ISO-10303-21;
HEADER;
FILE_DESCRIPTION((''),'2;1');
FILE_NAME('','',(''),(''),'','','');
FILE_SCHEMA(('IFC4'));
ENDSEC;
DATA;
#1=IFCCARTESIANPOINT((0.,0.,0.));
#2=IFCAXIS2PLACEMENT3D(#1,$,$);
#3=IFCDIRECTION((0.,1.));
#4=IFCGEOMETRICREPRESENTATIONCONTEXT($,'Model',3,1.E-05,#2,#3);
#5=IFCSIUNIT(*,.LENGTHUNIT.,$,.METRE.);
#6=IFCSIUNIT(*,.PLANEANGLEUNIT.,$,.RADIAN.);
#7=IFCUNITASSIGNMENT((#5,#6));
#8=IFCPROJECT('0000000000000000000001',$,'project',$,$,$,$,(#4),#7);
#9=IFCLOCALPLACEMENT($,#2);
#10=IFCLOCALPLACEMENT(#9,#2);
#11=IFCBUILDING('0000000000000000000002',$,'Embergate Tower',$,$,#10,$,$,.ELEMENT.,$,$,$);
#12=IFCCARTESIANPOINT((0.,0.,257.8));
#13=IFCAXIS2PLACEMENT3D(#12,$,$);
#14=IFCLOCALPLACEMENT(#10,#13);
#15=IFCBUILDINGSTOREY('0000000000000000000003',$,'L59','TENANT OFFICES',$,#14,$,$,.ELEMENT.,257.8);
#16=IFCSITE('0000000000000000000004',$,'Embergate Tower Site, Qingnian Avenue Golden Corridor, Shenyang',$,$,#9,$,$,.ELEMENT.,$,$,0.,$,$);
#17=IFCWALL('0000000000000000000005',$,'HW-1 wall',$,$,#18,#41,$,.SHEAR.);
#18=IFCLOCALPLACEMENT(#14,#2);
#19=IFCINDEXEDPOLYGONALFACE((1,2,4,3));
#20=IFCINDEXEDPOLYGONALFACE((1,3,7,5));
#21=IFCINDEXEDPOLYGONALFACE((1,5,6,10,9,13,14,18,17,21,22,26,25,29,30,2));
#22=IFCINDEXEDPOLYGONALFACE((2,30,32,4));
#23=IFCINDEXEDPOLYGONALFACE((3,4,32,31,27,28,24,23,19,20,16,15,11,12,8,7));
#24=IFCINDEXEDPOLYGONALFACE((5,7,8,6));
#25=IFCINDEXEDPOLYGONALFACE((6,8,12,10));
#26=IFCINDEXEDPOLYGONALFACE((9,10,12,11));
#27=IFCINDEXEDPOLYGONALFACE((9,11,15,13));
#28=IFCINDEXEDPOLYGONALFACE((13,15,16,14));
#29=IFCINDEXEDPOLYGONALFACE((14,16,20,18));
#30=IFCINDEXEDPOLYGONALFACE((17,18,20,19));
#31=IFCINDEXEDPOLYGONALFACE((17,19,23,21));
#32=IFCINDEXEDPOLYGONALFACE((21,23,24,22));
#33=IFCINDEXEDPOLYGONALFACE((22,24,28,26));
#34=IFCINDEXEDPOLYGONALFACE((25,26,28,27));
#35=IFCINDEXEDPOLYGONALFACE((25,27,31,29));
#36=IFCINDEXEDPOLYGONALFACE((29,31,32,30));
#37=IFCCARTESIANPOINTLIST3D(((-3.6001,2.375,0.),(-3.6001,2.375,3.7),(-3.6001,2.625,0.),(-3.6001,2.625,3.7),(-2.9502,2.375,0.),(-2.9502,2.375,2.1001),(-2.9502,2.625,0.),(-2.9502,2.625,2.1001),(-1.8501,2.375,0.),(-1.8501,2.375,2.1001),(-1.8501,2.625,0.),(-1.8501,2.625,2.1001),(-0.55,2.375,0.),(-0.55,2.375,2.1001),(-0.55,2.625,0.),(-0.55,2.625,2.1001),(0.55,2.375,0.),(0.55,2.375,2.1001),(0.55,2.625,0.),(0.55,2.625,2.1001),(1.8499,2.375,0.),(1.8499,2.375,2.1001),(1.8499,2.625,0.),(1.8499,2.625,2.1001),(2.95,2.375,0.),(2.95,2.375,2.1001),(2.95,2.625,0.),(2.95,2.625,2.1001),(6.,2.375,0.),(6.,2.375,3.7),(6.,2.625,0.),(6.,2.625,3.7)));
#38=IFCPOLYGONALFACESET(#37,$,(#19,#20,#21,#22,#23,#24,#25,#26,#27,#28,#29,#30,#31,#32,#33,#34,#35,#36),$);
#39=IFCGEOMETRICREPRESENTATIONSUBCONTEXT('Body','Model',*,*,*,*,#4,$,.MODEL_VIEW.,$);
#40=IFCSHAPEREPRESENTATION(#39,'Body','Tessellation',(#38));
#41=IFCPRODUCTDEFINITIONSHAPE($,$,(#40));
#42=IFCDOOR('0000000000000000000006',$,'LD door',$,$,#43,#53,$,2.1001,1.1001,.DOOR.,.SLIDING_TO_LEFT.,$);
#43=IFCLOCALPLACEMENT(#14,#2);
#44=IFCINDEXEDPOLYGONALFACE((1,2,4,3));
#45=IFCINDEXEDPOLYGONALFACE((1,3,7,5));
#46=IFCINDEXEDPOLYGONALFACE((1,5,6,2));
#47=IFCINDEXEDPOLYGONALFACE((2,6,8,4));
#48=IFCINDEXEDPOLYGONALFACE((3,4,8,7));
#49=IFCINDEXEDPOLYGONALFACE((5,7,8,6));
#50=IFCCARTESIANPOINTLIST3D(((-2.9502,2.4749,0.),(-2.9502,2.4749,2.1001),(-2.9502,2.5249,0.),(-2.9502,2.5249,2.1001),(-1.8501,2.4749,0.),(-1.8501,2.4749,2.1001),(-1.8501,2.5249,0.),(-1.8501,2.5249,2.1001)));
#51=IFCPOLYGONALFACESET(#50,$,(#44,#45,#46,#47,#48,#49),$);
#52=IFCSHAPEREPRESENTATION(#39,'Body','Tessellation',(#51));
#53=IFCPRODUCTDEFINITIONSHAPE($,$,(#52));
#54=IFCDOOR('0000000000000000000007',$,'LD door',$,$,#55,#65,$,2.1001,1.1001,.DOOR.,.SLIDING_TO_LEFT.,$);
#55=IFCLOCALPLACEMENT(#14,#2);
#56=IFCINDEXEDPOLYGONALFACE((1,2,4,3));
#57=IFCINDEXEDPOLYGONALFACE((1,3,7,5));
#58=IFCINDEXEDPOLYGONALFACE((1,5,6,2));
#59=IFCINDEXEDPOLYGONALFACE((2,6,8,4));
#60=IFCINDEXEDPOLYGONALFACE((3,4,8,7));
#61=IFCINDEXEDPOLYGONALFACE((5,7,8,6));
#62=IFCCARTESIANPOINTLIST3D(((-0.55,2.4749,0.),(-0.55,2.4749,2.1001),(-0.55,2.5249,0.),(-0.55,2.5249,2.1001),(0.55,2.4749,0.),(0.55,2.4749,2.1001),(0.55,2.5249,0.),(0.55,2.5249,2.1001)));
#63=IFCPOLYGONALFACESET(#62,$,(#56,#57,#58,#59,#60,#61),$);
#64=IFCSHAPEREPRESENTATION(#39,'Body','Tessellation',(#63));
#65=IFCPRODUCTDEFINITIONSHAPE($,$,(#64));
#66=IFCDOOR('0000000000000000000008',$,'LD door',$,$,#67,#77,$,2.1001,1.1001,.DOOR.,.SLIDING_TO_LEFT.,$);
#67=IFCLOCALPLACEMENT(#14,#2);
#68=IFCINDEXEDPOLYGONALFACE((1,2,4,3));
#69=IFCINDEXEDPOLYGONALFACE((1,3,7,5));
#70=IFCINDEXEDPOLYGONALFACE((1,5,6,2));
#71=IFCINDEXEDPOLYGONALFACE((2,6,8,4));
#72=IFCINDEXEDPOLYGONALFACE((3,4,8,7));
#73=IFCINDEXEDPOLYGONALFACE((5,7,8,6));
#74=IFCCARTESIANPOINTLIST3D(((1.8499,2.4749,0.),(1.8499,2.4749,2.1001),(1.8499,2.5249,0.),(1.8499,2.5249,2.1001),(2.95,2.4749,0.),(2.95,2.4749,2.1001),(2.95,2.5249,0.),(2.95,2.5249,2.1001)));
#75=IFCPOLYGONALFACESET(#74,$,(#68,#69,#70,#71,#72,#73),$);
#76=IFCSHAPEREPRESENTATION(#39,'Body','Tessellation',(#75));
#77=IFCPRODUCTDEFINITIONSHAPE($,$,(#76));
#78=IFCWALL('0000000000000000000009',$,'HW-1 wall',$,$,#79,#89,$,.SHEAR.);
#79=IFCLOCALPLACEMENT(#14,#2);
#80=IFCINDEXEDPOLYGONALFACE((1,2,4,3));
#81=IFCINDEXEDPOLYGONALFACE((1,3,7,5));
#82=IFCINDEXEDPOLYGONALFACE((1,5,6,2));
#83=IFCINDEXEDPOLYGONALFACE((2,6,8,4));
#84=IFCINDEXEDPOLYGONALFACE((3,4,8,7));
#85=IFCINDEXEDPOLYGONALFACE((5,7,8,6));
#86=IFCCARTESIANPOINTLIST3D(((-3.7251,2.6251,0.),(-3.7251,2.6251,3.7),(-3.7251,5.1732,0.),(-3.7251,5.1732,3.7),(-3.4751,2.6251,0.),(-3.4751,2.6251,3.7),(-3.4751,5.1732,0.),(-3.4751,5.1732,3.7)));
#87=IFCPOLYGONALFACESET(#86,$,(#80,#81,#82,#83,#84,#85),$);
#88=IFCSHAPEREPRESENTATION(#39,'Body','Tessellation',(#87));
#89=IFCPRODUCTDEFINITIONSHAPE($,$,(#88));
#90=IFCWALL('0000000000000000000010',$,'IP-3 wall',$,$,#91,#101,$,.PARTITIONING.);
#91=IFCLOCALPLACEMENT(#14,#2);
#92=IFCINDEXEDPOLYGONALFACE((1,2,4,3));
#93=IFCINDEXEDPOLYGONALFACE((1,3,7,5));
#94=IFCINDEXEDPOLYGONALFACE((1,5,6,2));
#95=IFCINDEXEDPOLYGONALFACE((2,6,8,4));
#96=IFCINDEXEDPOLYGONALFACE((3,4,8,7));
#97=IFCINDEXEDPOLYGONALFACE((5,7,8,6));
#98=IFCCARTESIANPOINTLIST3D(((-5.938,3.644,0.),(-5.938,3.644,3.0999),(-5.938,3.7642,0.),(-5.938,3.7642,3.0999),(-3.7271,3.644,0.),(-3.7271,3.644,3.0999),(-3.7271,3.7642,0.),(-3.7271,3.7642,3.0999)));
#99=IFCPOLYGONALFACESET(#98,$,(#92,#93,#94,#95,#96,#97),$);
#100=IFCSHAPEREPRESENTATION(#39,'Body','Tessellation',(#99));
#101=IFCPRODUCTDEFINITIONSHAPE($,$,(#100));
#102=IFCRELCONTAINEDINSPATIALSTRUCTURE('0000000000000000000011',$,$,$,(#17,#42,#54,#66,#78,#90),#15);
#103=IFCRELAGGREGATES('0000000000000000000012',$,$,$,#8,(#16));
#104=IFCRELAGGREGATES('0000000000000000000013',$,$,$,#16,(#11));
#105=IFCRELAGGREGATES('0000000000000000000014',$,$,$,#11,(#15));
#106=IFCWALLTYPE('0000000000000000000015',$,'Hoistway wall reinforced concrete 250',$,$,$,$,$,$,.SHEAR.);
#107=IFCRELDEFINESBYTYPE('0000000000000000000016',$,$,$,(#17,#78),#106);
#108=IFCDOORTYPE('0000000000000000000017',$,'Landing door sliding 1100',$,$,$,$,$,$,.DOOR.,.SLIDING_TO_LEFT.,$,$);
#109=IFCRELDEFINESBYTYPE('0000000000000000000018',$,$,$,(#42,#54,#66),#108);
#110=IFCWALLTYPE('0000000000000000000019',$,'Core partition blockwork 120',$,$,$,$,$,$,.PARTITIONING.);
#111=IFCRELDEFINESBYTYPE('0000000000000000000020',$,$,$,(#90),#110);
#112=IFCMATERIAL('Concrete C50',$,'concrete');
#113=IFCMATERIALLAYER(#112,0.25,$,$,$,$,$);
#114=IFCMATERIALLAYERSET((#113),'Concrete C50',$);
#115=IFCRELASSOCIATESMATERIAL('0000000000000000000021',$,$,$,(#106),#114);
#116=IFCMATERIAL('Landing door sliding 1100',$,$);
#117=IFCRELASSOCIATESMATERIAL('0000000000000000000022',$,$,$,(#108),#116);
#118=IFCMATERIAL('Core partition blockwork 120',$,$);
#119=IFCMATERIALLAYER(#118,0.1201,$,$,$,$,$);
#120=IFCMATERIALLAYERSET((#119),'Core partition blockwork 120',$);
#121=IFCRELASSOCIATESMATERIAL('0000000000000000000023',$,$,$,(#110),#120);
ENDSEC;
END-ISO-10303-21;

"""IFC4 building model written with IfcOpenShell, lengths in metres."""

from ifc_helpers import new_model, si_unit, direction, frame, frame_2d, origin, place, context, subcontext, project, spatial, rectangle, extrude, source, transform, mapped, material, layer, layer_set, type_object, element, fill, save


model = new_model("IFC4")

# Units and contexts
model_context = context("Model", 3, precision=1e-05, world=origin(), true_north=direction((0.0, 1.0)))
body_context = subcontext(model_context, "Body", "Model", "MODEL_VIEW")
ifc_project = project(units=[si_unit("LENGTHUNIT", "METRE"), si_unit("PLANEANGLEUNIT", "RADIAN")], contexts=[model_context])

# Site, building, storey
site_placement = place(None, origin())
site = spatial("IfcSite", under=ifc_project, at=site_placement, Name="Embergate Tower Site, Qingnian Avenue Golden Corridor, Shenyang", CompositionType="ELEMENT", RefElevation=0.0)
building_placement = place(site_placement, origin())
building = spatial("IfcBuilding", under=site, at=building_placement, Name="Embergate Tower", CompositionType="ELEMENT")
storey_placement = place(building_placement, frame((0.0, 0.0, 257.8)))
storey = spatial("IfcBuildingStorey", under=building, at=storey_placement, Name="L59", Description="TENANT OFFICES", CompositionType="ELEMENT", Elevation=257.8)

# Shared definitions
ifc_material_1 = material(Name="Concrete C50", Category="concrete")
ifc_layer_1 = layer(ifc_material_1, 0.25)
ifc_layer_set_1 = layer_set([ifc_layer_1], Name="Concrete C50")
wall_type_1 = type_object("IfcWallType", Name="Hoistway wall reinforced concrete 250", PredefinedType="SHEAR", material=ifc_layer_set_1)

# Shared definitions
shared_shape_1 = source(origin(), body_context, "Body", "SweptSolid", [
    extrude(rectangle(XDim=1.1001, YDim=2.1001, at=frame_2d((0.55, 1.05))), frame((0.0, 0.135, 0.0), z_axis=(0.0, -1.0, 0.0), x_axis=(1.0, 0.0, 0.0)), (0.0, 0.0, 1.0), 0.27),
])
ifc_material_2 = material(Name="Landing door sliding 1100")
door_type_1 = type_object("IfcDoorType", Name="Landing door sliding 1100", OperationType="SLIDING_TO_LEFT", PredefinedType="DOOR", material=ifc_material_2)
shared_shape_2 = source(origin(), body_context, "Body", "SweptSolid", [
    extrude(rectangle(XDim=1.1001, YDim=2.1001, at=frame_2d((0.55, 1.05))), frame((0.0, 0.0249, 0.0), z_axis=(0.0, -1.0, 0.0), x_axis=(1.0, 0.0, 0.0)), (0.0, 0.0, 1.0), 0.05),
])

# Shared definitions
ifc_material_3 = material(Name="Core partition blockwork 120")
ifc_layer_2 = layer(ifc_material_3, 0.1201)
ifc_layer_set_2 = layer_set([ifc_layer_2], Name="Core partition blockwork 120")
wall_type_2 = type_object("IfcWallType", Name="Core partition blockwork 120", PredefinedType="PARTITIONING", material=ifc_layer_set_2)

# Wall, openings, doors
shared_shape_3 = source(origin(), body_context, "Body", "SweptSolid", [
    extrude(rectangle(XDim=9.6001, YDim=0.25, at=frame_2d((4.8, 0.0))), origin(), (0.0, 0.0, 1.0), 3.7),
])
wall_1_placement = place(storey_placement, frame((-3.6001, 2.5, 0.0), z_axis=(0.0, 0.0, 1.0), x_axis=(1.0, 0.0, 0.0)))
wall_1 = element("IfcWall", 1, at=wall_1_placement, inside=storey, type_object=wall_type_1, Name="HW-1 wall", PredefinedType="SHEAR", context=body_context, shape_type="MappedRepresentation", body=[
    mapped(shared_shape_3, transform((0.0, 0.0, 0.0))),
])
opening_1_placement = place(wall_1_placement, frame((0.6499, 0.0, 0.0)))
opening_1 = element("IfcOpeningElement", 2, at=opening_1_placement, cuts=wall_1, PredefinedType="OPENING", context=body_context, shape_type="MappedRepresentation", body=[
    mapped(shared_shape_1, transform((0.0, 0.0, 0.0))),
])
opening_2_placement = place(wall_1_placement, frame((3.05, 0.0, 0.0)))
opening_2 = element("IfcOpeningElement", 3, at=opening_2_placement, cuts=wall_1, PredefinedType="OPENING", context=body_context, shape_type="MappedRepresentation", body=[
    mapped(shared_shape_1, transform((0.0, 0.0, 0.0))),
])
opening_3_placement = place(wall_1_placement, frame((5.45, 0.0, 0.0)))
opening_3 = element("IfcOpeningElement", 4, at=opening_3_placement, cuts=wall_1, PredefinedType="OPENING", context=body_context, shape_type="MappedRepresentation", body=[
    mapped(shared_shape_1, transform((0.0, 0.0, 0.0))),
])
door_1_placement = place(opening_1_placement, origin())
door_1 = element("IfcDoor", 5, at=door_1_placement, inside=storey, type_object=door_type_1, Name="LD door", OperationType="SLIDING_TO_LEFT", OverallHeight=2.1001, OverallWidth=1.1001, PredefinedType="DOOR", context=body_context, shape_type="MappedRepresentation", body=[
    mapped(shared_shape_2, transform((0.0, 0.0, 0.0))),
])
fill(opening_1, door_1)
door_2_placement = place(opening_2_placement, origin())
door_2 = element("IfcDoor", 6, at=door_2_placement, inside=storey, type_object=door_type_1, Name="LD door", OperationType="SLIDING_TO_LEFT", OverallHeight=2.1001, OverallWidth=1.1001, PredefinedType="DOOR", context=body_context, shape_type="MappedRepresentation", body=[
    mapped(shared_shape_2, transform((0.0, 0.0, 0.0))),
])
fill(opening_2, door_2)
door_3_placement = place(opening_3_placement, origin())
door_3 = element("IfcDoor", 7, at=door_3_placement, inside=storey, type_object=door_type_1, Name="LD door", OperationType="SLIDING_TO_LEFT", OverallHeight=2.1001, OverallWidth=1.1001, PredefinedType="DOOR", context=body_context, shape_type="MappedRepresentation", body=[
    mapped(shared_shape_2, transform((0.0, 0.0, 0.0))),
])
fill(opening_3, door_3)

# Walls
shared_shape_4 = source(origin(), body_context, "Body", "SweptSolid", [
    extrude(rectangle(XDim=2.5481, YDim=0.25, at=frame_2d((1.2739, 0.0))), origin(), (0.0, 0.0, 1.0), 3.7),
])
wall_2_placement = place(storey_placement, frame((-3.6001, 5.1731, 0.0), z_axis=(0.0, 0.0, 1.0), x_axis=(0.0, -1.0, 0.0)))
element("IfcWall", 8, at=wall_2_placement, inside=storey, type_object=wall_type_1, Name="HW-1 wall", PredefinedType="SHEAR", context=body_context, shape_type="MappedRepresentation", body=[
    mapped(shared_shape_4, transform((0.0, 0.0, 0.0))),
])
shared_shape_5 = source(origin(), body_context, "Body", "SweptSolid", [
    extrude(rectangle(XDim=2.2109, YDim=0.1201, at=frame_2d((1.1055, 0.0))), origin(), (0.0, 0.0, 1.0), 3.0999),
])
wall_3_placement = place(storey_placement, frame((-3.7271, 3.7041, 0.0), z_axis=(0.0, 0.0, 1.0), x_axis=(-1.0, 0.0, 0.0)))
element("IfcWall", 9, at=wall_3_placement, inside=storey, type_object=wall_type_2, Name="IP-3 wall", PredefinedType="PARTITIONING", context=body_context, shape_type="MappedRepresentation", body=[
    mapped(shared_shape_5, transform((0.0, 0.0, 0.0))),
])

save(model, "model.ifc")
